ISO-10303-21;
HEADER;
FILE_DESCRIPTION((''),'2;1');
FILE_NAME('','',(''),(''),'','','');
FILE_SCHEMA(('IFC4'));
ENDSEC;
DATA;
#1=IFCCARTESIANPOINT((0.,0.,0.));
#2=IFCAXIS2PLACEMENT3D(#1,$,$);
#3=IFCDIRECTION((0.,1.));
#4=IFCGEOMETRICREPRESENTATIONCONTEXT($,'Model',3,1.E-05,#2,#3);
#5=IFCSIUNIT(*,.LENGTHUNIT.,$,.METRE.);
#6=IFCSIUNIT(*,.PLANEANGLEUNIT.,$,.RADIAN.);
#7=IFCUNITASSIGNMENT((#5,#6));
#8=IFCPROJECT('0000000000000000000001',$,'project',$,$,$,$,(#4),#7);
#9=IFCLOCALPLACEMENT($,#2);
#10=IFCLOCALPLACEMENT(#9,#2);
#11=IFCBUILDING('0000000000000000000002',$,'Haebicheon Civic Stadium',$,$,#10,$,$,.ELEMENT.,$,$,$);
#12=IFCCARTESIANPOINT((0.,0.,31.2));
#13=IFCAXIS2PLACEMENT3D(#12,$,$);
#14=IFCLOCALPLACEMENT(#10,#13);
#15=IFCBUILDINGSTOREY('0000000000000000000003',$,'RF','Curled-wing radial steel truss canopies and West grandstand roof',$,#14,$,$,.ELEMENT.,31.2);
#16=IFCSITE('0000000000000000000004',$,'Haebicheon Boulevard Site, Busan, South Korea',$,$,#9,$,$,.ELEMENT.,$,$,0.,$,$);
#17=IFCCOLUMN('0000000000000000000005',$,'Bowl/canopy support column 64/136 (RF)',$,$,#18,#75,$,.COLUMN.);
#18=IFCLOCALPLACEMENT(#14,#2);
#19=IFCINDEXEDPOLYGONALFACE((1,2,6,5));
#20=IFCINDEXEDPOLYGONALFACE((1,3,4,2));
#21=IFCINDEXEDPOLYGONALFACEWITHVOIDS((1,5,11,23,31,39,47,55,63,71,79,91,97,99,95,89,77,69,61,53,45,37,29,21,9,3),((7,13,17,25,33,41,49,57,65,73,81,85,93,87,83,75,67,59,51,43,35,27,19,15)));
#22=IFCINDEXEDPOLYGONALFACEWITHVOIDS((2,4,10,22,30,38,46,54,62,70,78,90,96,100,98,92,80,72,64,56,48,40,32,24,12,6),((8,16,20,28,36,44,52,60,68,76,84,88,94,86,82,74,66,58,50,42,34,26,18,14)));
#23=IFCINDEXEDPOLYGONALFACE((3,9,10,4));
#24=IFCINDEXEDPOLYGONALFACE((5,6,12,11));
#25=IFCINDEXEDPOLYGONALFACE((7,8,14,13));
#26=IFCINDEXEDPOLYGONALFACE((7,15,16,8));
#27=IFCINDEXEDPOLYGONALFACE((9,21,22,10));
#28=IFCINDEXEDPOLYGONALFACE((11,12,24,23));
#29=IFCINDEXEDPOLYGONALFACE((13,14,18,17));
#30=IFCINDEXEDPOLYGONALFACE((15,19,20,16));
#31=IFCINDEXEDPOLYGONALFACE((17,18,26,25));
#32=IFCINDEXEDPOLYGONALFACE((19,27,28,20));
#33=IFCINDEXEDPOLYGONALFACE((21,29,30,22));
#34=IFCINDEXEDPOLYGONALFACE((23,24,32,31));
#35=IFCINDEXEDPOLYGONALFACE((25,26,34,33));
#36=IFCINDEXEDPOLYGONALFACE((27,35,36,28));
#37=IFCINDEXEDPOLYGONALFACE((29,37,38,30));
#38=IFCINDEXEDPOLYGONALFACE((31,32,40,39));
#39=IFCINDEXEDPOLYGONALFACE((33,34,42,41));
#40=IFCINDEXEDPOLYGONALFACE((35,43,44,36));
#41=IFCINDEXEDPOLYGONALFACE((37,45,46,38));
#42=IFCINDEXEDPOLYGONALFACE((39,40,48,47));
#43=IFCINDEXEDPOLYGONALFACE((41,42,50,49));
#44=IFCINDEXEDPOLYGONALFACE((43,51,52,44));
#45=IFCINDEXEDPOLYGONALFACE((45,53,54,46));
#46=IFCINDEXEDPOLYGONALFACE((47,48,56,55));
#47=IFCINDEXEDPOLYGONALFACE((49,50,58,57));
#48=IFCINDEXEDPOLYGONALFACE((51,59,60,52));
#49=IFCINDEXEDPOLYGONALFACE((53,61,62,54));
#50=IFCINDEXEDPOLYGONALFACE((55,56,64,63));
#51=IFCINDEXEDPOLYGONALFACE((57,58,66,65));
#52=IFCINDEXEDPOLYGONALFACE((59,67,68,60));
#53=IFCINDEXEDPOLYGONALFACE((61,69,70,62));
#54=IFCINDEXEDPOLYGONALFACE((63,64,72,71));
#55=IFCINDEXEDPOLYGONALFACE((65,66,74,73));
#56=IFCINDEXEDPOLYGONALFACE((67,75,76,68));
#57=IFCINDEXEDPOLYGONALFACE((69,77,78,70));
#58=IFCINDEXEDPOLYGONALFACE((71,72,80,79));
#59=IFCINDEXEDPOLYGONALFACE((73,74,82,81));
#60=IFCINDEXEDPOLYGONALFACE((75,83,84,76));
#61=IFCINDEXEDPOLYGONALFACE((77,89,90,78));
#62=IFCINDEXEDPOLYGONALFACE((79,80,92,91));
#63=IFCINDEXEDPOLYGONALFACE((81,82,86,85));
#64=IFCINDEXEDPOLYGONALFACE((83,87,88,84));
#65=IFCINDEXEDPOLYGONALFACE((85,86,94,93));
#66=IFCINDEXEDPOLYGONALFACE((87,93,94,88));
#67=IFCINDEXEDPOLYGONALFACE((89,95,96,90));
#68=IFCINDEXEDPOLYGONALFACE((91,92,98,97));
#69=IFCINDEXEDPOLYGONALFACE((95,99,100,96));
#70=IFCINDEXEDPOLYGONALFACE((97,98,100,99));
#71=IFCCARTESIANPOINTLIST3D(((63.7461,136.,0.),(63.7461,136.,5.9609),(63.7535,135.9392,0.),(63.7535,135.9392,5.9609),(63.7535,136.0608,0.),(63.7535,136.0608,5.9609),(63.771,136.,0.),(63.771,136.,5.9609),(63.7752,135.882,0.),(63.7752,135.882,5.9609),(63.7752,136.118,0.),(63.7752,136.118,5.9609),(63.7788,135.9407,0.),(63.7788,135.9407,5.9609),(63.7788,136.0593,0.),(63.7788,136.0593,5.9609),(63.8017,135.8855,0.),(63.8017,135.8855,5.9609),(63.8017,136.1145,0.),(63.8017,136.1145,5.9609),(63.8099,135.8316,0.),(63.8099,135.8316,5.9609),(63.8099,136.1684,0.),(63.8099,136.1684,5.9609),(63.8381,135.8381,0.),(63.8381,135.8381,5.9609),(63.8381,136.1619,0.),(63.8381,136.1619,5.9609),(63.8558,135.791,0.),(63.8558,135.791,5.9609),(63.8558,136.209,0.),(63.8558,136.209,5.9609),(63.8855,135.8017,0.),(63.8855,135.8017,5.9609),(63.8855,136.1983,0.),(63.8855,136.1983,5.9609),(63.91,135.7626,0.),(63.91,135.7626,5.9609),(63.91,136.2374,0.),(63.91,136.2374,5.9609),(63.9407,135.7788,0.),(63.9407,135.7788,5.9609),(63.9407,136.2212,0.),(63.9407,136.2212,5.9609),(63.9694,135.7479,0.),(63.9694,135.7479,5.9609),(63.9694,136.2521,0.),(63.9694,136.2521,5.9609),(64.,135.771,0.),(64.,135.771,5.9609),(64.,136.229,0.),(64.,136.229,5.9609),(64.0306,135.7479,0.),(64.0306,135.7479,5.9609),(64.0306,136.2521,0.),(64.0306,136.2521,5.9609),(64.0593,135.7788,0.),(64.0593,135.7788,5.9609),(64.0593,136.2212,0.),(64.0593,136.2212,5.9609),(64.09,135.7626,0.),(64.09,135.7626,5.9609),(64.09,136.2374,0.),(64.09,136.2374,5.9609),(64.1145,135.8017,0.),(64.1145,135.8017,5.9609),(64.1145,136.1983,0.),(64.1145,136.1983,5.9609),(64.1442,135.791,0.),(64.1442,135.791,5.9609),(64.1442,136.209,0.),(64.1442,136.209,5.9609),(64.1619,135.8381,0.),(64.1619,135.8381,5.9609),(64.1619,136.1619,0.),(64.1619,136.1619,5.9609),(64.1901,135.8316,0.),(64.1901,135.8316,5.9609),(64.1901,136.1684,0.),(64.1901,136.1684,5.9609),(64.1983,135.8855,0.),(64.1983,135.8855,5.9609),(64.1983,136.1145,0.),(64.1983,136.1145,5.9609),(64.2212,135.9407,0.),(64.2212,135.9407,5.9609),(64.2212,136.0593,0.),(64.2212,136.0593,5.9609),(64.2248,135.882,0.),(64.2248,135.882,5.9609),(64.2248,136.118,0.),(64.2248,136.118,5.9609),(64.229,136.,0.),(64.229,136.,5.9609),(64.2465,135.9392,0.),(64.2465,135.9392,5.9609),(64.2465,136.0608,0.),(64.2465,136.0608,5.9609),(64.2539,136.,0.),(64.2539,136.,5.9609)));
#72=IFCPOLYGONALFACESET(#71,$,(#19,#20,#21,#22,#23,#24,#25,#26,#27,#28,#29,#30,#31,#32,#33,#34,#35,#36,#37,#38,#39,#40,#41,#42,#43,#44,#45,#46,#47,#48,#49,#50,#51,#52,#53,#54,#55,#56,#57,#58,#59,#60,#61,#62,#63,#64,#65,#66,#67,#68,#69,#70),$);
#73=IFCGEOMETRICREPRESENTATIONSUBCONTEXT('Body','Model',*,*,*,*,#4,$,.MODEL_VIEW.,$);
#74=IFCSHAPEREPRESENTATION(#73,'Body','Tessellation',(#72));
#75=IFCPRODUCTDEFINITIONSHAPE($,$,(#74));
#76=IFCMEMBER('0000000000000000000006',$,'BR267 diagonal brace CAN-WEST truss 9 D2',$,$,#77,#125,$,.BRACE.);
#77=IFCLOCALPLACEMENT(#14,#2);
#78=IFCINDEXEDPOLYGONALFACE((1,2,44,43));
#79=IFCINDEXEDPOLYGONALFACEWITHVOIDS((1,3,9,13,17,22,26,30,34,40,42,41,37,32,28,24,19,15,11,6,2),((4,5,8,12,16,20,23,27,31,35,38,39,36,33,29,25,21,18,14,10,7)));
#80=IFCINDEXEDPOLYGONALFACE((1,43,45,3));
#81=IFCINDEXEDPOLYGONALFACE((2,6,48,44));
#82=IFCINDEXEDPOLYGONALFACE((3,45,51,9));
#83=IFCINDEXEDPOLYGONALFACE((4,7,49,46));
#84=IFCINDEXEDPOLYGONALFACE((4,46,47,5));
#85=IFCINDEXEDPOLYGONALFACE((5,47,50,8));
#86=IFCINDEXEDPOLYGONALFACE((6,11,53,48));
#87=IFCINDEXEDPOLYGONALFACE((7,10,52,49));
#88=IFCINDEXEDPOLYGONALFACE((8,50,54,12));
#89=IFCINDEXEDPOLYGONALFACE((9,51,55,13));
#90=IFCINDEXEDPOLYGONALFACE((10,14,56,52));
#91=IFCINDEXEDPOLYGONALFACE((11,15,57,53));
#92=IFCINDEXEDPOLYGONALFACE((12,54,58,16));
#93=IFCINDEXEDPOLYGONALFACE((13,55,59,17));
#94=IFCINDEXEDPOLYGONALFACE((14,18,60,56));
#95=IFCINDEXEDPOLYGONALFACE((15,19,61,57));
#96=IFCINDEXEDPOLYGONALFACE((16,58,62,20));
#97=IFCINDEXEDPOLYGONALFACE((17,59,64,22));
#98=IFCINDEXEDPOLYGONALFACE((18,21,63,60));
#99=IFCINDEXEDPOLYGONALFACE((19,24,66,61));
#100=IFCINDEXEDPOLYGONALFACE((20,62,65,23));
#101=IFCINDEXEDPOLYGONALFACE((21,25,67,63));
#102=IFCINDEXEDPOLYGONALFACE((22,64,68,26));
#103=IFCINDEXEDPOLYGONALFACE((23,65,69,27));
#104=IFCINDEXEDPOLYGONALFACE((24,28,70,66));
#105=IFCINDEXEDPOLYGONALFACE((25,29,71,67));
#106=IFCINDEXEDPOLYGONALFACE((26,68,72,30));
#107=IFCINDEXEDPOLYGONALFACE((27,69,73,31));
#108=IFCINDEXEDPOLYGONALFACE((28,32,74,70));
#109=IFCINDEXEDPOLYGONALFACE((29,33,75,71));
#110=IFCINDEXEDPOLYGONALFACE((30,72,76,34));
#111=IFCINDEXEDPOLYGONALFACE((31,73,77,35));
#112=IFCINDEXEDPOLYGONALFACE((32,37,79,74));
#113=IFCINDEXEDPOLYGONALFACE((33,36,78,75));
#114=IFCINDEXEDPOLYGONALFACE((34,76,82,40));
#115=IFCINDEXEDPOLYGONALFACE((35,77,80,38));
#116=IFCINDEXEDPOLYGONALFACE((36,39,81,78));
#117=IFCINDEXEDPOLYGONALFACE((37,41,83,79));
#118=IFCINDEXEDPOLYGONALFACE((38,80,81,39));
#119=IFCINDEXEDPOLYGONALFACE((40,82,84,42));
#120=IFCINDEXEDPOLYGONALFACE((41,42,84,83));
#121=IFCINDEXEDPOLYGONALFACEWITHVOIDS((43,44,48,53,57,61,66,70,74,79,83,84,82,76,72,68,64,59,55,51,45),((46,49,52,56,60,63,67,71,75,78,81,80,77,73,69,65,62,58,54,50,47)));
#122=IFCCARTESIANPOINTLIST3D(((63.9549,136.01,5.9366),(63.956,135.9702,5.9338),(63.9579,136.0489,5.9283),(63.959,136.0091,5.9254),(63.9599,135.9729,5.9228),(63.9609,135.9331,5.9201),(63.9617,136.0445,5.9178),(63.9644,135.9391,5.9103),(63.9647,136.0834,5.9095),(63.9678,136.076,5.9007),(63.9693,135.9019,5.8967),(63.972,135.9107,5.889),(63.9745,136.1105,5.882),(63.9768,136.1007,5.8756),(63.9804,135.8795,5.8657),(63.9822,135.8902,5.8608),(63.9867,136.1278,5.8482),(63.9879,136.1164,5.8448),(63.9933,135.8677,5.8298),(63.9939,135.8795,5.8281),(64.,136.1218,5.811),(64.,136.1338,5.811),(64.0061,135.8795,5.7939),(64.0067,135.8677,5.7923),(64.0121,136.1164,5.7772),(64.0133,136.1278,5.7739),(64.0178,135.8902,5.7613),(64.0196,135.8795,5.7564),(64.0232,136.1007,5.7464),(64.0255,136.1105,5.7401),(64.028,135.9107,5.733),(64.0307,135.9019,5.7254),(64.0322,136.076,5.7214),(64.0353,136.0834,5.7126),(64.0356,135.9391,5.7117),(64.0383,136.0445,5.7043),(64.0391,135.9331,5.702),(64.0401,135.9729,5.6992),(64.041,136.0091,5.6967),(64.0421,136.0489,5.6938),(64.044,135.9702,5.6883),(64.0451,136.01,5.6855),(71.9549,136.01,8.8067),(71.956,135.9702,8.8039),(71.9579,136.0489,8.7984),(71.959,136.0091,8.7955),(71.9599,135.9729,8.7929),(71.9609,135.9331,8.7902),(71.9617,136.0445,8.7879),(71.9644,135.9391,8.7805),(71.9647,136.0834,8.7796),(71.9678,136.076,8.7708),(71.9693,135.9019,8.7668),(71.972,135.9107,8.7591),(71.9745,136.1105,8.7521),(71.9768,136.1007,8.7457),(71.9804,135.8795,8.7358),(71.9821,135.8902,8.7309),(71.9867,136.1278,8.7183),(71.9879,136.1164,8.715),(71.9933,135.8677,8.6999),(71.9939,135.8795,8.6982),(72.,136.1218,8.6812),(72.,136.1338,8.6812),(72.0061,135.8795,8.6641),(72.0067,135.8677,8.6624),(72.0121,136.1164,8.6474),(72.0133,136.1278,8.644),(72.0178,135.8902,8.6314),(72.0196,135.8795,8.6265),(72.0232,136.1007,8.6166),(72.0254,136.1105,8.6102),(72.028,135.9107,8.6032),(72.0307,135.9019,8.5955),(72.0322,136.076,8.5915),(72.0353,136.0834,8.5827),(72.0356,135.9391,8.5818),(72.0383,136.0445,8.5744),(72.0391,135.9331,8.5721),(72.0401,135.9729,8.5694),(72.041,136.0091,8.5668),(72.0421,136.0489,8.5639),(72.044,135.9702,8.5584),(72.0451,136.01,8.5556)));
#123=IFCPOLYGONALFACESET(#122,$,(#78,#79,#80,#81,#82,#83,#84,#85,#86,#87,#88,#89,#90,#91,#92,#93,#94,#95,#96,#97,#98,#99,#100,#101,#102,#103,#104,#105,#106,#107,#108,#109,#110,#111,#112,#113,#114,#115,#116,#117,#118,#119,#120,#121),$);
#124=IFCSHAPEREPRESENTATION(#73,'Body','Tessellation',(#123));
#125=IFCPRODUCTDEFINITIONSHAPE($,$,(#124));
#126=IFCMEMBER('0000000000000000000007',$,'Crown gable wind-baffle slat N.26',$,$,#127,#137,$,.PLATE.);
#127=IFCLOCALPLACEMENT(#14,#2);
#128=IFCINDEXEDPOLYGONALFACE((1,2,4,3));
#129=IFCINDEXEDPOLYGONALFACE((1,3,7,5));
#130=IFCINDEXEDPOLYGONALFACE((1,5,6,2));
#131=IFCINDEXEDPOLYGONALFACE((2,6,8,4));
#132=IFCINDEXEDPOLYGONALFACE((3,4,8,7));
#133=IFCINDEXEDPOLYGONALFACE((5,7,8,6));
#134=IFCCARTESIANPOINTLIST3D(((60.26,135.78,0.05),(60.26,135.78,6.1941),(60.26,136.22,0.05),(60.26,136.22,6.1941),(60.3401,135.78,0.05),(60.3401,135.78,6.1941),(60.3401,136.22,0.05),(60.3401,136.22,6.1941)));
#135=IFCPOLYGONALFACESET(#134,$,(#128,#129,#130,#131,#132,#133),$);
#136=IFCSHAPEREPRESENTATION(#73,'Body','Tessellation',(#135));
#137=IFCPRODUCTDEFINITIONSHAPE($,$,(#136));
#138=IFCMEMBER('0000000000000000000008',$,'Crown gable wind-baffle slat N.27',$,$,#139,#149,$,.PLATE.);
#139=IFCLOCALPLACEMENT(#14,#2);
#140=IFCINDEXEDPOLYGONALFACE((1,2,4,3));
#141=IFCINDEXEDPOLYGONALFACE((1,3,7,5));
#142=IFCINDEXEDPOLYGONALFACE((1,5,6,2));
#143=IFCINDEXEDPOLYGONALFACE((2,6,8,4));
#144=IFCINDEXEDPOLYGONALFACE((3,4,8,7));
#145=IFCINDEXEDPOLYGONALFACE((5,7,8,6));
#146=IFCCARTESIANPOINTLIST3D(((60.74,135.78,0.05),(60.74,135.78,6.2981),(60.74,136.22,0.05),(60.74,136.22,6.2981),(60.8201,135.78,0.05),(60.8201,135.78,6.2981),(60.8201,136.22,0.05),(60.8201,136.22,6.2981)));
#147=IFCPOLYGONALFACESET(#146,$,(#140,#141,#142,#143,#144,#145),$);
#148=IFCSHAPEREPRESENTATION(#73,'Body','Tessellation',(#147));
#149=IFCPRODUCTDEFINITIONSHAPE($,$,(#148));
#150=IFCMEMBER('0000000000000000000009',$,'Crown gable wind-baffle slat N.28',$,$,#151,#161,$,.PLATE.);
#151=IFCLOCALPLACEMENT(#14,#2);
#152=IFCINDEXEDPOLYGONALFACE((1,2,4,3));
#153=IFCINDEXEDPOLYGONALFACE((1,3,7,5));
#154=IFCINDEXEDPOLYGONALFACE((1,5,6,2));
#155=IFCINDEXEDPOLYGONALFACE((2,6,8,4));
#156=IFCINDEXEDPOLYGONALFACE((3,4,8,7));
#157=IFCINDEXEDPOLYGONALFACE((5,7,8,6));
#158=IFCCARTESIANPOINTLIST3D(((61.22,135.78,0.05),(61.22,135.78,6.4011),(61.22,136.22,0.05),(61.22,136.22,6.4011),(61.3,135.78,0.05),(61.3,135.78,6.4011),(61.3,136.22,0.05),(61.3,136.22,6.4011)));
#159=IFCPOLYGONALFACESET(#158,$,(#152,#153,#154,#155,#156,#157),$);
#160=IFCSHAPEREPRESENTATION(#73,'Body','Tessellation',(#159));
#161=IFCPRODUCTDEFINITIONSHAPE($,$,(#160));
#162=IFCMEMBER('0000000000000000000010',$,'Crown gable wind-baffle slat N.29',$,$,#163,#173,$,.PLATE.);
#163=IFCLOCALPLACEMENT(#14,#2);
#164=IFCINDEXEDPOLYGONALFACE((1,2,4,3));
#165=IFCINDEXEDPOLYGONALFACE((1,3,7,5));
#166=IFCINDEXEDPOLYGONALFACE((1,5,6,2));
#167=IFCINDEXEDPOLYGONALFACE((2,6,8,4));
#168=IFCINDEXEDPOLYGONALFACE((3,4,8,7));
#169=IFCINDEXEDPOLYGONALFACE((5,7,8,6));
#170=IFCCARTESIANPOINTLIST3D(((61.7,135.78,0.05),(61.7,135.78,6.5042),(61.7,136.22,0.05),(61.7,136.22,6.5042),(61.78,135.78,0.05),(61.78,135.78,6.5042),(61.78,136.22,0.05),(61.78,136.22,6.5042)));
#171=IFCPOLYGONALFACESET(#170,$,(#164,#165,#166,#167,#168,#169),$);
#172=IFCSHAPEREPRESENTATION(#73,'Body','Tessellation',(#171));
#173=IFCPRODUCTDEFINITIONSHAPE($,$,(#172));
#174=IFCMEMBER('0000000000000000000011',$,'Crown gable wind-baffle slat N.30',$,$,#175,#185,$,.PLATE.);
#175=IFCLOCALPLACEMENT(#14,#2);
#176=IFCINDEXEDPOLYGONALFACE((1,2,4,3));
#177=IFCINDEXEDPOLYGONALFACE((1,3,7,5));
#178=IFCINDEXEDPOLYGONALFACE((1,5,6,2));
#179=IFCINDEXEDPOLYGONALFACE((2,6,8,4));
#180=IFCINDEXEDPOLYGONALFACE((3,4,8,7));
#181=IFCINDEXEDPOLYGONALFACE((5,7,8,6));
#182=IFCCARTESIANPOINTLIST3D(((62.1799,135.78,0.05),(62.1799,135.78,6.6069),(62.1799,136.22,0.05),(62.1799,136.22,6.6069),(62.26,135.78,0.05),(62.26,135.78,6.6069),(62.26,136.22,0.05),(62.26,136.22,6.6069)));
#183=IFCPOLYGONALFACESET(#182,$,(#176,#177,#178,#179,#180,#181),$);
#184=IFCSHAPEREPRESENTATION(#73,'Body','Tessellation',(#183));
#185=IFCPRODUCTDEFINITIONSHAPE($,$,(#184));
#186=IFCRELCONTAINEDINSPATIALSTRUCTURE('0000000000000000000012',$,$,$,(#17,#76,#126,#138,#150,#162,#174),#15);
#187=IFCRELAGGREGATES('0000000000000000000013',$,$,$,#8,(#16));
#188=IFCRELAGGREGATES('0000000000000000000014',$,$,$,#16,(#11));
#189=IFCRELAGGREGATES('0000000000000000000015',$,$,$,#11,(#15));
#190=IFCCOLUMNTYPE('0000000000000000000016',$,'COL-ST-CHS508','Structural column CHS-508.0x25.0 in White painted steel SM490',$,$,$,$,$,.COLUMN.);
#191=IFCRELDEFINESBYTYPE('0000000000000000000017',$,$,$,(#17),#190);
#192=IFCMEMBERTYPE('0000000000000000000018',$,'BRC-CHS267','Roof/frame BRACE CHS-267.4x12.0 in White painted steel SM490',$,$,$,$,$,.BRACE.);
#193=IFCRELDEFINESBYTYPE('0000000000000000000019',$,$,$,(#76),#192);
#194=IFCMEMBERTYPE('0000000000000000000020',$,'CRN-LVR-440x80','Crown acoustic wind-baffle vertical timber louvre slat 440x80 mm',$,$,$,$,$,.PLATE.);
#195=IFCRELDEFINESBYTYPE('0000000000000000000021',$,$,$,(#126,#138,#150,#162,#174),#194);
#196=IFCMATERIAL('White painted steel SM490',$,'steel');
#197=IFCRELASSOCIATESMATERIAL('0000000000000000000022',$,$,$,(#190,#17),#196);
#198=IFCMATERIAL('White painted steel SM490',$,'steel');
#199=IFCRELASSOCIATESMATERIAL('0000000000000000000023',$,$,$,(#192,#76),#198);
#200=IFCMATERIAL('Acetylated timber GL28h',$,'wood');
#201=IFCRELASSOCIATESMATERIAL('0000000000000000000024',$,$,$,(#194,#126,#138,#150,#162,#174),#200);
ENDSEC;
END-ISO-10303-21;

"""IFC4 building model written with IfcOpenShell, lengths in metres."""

from ifc_helpers import new_model, si_unit, direction, frame, origin, origin_2d, place, context, subcontext, project, spatial, rectangle, hollow_circle, extrude, material, material_profile, profile_set, type_object, element, save


model = new_model("IFC4")

# Units and contexts
model_context = context("Model", 3, precision=1e-05, world=origin(), true_north=direction((0.0, 1.0)))
body_context = subcontext(model_context, "Body", "Model", "MODEL_VIEW")
ifc_project = project(units=[si_unit("LENGTHUNIT", "METRE"), si_unit("PLANEANGLEUNIT", "RADIAN")], contexts=[model_context])

# Site, building, storey
site_placement = place(None, origin())
site = spatial("IfcSite", under=ifc_project, at=site_placement, Name="Haebicheon Boulevard Site, Busan, South Korea", CompositionType="ELEMENT", RefElevation=0.0)
building_placement = place(site_placement, origin())
building = spatial("IfcBuilding", under=site, at=building_placement, Name="Haebicheon Civic Stadium", CompositionType="ELEMENT")
storey_placement = place(building_placement, frame((0.0, 0.0, 31.2)))
storey = spatial("IfcBuildingStorey", under=building, at=storey_placement, Name="RF", Description="Curled-wing radial steel truss canopies and West grandstand roof", CompositionType="ELEMENT", Elevation=31.2)

# Column
ifc_material_1 = material(Name="White painted steel SM490", Category="steel")
ifc_material_profile_1 = material_profile(ifc_material_1, hollow_circle(Radius=0.2539, WallThickness=0.0249, at=origin_2d()), Name="CHS-508.0x25.0")
ifc_profile_set_1 = profile_set([ifc_material_profile_1], Name="White painted steel SM490")
column_type = type_object("IfcColumnType", Name="COL-ST-CHS508", Description="Structural column CHS-508.0x25.0 in White painted steel SM490", PredefinedType="COLUMN", material=ifc_profile_set_1)
column_placement = place(storey_placement, frame((64.0, 136.0, 0.0), z_axis=(0.0, 0.0, 1.0), x_axis=(1.0, 0.0, 0.0)))
element("IfcColumn", 1, at=column_placement, inside=storey, type_object=column_type, material=ifc_profile_set_1, Name="Bowl/canopy support column 64/136 (RF)", PredefinedType="COLUMN", context=body_context, shape_type="SweptSolid", body=[
    extrude(hollow_circle(Radius=0.2539, WallThickness=0.0249, at=origin_2d()), origin(), (0.0, 0.0, 1.0), 5.9609),
])

# Members
ifc_material_2 = material(Name="White painted steel SM490", Category="steel")
ifc_material_profile_2 = material_profile(ifc_material_2, hollow_circle(Radius=0.1338, WallThickness=0.012, at=origin_2d()), Name="CHS-267.4x12.0")
ifc_profile_set_2 = profile_set([ifc_material_profile_2], Name="White painted steel SM490")
member_type_1 = type_object("IfcMemberType", Name="BRC-CHS267", Description="Roof/frame BRACE CHS-267.4x12.0 in White painted steel SM490", PredefinedType="BRACE", material=ifc_profile_set_2)
member_1_placement = place(storey_placement, frame((64.0, 136.0, 5.811), z_axis=(0.941257, 0.0, 0.33769), x_axis=(0.0, 1.0, 0.0)))
element("IfcMember", 2, at=member_1_placement, inside=storey, type_object=member_type_1, material=ifc_profile_set_2, Name="BR267 diagonal brace CAN-WEST truss 9 D2", PredefinedType="BRACE", context=body_context, shape_type="SweptSolid", body=[
    extrude(hollow_circle(Radius=0.1338, WallThickness=0.012, at=origin_2d()), origin(), (0.0, 0.0, 1.0), 8.4993),
])
ifc_material_3 = material(Name="Acetylated timber GL28h", Category="wood")
ifc_material_profile_3 = material_profile(ifc_material_3, rectangle(XDim=0.0801, YDim=0.4399, at=origin_2d()), Name="TMB-LOUV-80x440")
ifc_profile_set_3 = profile_set([ifc_material_profile_3], Name="Acetylated timber GL28h")
member_type_2 = type_object("IfcMemberType", Name="CRN-LVR-440x80", Description="Crown acoustic wind-baffle vertical timber louvre slat 440x80 mm", PredefinedType="PLATE", material=ifc_profile_set_3)
member_2_placement = place(storey_placement, frame((60.3, 136.0, 0.05), z_axis=(0.0, 0.0, 1.0), x_axis=(1.0, 0.0, 0.0)))
element("IfcMember", 3, at=member_2_placement, inside=storey, type_object=member_type_2, material=ifc_profile_set_3, Name="Crown gable wind-baffle slat N.26", PredefinedType="PLATE", context=body_context, shape_type="SweptSolid", body=[
    extrude(rectangle(XDim=0.0801, YDim=0.4399, at=origin_2d()), origin(), (0.0, 0.0, 1.0), 6.144),
])
member_3_placement = place(storey_placement, frame((60.78, 136.0, 0.05), z_axis=(0.0, 0.0, 1.0), x_axis=(1.0, 0.0, 0.0)))
element("IfcMember", 4, at=member_3_placement, inside=storey, type_object=member_type_2, material=ifc_profile_set_3, Name="Crown gable wind-baffle slat N.27", PredefinedType="PLATE", context=body_context, shape_type="SweptSolid", body=[
    extrude(rectangle(XDim=0.0801, YDim=0.4399, at=origin_2d()), origin(), (0.0, 0.0, 1.0), 6.248),
])
member_4_placement = place(storey_placement, frame((61.26, 136.0, 0.05), z_axis=(0.0, 0.0, 1.0), x_axis=(1.0, 0.0, 0.0)))
element("IfcMember", 5, at=member_4_placement, inside=storey, type_object=member_type_2, material=ifc_profile_set_3, Name="Crown gable wind-baffle slat N.28", PredefinedType="PLATE", context=body_context, shape_type="SweptSolid", body=[
    extrude(rectangle(XDim=0.0801, YDim=0.4399, at=origin_2d()), origin(), (0.0, 0.0, 1.0), 6.3511),
])
member_5_placement = place(storey_placement, frame((61.74, 136.0, 0.05), z_axis=(0.0, 0.0, 1.0), x_axis=(1.0, 0.0, 0.0)))
element("IfcMember", 6, at=member_5_placement, inside=storey, type_object=member_type_2, material=ifc_profile_set_3, Name="Crown gable wind-baffle slat N.29", PredefinedType="PLATE", context=body_context, shape_type="SweptSolid", body=[
    extrude(rectangle(XDim=0.0801, YDim=0.4399, at=origin_2d()), origin(), (0.0, 0.0, 1.0), 6.4541),
])
member_6_placement = place(storey_placement, frame((62.22, 136.0, 0.05), z_axis=(0.0, 0.0, 1.0), x_axis=(1.0, 0.0, 0.0)))
element("IfcMember", 7, at=member_6_placement, inside=storey, type_object=member_type_2, material=ifc_profile_set_3, Name="Crown gable wind-baffle slat N.30", PredefinedType="PLATE", context=body_context, shape_type="SweptSolid", body=[
    extrude(rectangle(XDim=0.0801, YDim=0.4399, at=origin_2d()), origin(), (0.0, 0.0, 1.0), 6.5569),
])

save(model, "model.ifc")
